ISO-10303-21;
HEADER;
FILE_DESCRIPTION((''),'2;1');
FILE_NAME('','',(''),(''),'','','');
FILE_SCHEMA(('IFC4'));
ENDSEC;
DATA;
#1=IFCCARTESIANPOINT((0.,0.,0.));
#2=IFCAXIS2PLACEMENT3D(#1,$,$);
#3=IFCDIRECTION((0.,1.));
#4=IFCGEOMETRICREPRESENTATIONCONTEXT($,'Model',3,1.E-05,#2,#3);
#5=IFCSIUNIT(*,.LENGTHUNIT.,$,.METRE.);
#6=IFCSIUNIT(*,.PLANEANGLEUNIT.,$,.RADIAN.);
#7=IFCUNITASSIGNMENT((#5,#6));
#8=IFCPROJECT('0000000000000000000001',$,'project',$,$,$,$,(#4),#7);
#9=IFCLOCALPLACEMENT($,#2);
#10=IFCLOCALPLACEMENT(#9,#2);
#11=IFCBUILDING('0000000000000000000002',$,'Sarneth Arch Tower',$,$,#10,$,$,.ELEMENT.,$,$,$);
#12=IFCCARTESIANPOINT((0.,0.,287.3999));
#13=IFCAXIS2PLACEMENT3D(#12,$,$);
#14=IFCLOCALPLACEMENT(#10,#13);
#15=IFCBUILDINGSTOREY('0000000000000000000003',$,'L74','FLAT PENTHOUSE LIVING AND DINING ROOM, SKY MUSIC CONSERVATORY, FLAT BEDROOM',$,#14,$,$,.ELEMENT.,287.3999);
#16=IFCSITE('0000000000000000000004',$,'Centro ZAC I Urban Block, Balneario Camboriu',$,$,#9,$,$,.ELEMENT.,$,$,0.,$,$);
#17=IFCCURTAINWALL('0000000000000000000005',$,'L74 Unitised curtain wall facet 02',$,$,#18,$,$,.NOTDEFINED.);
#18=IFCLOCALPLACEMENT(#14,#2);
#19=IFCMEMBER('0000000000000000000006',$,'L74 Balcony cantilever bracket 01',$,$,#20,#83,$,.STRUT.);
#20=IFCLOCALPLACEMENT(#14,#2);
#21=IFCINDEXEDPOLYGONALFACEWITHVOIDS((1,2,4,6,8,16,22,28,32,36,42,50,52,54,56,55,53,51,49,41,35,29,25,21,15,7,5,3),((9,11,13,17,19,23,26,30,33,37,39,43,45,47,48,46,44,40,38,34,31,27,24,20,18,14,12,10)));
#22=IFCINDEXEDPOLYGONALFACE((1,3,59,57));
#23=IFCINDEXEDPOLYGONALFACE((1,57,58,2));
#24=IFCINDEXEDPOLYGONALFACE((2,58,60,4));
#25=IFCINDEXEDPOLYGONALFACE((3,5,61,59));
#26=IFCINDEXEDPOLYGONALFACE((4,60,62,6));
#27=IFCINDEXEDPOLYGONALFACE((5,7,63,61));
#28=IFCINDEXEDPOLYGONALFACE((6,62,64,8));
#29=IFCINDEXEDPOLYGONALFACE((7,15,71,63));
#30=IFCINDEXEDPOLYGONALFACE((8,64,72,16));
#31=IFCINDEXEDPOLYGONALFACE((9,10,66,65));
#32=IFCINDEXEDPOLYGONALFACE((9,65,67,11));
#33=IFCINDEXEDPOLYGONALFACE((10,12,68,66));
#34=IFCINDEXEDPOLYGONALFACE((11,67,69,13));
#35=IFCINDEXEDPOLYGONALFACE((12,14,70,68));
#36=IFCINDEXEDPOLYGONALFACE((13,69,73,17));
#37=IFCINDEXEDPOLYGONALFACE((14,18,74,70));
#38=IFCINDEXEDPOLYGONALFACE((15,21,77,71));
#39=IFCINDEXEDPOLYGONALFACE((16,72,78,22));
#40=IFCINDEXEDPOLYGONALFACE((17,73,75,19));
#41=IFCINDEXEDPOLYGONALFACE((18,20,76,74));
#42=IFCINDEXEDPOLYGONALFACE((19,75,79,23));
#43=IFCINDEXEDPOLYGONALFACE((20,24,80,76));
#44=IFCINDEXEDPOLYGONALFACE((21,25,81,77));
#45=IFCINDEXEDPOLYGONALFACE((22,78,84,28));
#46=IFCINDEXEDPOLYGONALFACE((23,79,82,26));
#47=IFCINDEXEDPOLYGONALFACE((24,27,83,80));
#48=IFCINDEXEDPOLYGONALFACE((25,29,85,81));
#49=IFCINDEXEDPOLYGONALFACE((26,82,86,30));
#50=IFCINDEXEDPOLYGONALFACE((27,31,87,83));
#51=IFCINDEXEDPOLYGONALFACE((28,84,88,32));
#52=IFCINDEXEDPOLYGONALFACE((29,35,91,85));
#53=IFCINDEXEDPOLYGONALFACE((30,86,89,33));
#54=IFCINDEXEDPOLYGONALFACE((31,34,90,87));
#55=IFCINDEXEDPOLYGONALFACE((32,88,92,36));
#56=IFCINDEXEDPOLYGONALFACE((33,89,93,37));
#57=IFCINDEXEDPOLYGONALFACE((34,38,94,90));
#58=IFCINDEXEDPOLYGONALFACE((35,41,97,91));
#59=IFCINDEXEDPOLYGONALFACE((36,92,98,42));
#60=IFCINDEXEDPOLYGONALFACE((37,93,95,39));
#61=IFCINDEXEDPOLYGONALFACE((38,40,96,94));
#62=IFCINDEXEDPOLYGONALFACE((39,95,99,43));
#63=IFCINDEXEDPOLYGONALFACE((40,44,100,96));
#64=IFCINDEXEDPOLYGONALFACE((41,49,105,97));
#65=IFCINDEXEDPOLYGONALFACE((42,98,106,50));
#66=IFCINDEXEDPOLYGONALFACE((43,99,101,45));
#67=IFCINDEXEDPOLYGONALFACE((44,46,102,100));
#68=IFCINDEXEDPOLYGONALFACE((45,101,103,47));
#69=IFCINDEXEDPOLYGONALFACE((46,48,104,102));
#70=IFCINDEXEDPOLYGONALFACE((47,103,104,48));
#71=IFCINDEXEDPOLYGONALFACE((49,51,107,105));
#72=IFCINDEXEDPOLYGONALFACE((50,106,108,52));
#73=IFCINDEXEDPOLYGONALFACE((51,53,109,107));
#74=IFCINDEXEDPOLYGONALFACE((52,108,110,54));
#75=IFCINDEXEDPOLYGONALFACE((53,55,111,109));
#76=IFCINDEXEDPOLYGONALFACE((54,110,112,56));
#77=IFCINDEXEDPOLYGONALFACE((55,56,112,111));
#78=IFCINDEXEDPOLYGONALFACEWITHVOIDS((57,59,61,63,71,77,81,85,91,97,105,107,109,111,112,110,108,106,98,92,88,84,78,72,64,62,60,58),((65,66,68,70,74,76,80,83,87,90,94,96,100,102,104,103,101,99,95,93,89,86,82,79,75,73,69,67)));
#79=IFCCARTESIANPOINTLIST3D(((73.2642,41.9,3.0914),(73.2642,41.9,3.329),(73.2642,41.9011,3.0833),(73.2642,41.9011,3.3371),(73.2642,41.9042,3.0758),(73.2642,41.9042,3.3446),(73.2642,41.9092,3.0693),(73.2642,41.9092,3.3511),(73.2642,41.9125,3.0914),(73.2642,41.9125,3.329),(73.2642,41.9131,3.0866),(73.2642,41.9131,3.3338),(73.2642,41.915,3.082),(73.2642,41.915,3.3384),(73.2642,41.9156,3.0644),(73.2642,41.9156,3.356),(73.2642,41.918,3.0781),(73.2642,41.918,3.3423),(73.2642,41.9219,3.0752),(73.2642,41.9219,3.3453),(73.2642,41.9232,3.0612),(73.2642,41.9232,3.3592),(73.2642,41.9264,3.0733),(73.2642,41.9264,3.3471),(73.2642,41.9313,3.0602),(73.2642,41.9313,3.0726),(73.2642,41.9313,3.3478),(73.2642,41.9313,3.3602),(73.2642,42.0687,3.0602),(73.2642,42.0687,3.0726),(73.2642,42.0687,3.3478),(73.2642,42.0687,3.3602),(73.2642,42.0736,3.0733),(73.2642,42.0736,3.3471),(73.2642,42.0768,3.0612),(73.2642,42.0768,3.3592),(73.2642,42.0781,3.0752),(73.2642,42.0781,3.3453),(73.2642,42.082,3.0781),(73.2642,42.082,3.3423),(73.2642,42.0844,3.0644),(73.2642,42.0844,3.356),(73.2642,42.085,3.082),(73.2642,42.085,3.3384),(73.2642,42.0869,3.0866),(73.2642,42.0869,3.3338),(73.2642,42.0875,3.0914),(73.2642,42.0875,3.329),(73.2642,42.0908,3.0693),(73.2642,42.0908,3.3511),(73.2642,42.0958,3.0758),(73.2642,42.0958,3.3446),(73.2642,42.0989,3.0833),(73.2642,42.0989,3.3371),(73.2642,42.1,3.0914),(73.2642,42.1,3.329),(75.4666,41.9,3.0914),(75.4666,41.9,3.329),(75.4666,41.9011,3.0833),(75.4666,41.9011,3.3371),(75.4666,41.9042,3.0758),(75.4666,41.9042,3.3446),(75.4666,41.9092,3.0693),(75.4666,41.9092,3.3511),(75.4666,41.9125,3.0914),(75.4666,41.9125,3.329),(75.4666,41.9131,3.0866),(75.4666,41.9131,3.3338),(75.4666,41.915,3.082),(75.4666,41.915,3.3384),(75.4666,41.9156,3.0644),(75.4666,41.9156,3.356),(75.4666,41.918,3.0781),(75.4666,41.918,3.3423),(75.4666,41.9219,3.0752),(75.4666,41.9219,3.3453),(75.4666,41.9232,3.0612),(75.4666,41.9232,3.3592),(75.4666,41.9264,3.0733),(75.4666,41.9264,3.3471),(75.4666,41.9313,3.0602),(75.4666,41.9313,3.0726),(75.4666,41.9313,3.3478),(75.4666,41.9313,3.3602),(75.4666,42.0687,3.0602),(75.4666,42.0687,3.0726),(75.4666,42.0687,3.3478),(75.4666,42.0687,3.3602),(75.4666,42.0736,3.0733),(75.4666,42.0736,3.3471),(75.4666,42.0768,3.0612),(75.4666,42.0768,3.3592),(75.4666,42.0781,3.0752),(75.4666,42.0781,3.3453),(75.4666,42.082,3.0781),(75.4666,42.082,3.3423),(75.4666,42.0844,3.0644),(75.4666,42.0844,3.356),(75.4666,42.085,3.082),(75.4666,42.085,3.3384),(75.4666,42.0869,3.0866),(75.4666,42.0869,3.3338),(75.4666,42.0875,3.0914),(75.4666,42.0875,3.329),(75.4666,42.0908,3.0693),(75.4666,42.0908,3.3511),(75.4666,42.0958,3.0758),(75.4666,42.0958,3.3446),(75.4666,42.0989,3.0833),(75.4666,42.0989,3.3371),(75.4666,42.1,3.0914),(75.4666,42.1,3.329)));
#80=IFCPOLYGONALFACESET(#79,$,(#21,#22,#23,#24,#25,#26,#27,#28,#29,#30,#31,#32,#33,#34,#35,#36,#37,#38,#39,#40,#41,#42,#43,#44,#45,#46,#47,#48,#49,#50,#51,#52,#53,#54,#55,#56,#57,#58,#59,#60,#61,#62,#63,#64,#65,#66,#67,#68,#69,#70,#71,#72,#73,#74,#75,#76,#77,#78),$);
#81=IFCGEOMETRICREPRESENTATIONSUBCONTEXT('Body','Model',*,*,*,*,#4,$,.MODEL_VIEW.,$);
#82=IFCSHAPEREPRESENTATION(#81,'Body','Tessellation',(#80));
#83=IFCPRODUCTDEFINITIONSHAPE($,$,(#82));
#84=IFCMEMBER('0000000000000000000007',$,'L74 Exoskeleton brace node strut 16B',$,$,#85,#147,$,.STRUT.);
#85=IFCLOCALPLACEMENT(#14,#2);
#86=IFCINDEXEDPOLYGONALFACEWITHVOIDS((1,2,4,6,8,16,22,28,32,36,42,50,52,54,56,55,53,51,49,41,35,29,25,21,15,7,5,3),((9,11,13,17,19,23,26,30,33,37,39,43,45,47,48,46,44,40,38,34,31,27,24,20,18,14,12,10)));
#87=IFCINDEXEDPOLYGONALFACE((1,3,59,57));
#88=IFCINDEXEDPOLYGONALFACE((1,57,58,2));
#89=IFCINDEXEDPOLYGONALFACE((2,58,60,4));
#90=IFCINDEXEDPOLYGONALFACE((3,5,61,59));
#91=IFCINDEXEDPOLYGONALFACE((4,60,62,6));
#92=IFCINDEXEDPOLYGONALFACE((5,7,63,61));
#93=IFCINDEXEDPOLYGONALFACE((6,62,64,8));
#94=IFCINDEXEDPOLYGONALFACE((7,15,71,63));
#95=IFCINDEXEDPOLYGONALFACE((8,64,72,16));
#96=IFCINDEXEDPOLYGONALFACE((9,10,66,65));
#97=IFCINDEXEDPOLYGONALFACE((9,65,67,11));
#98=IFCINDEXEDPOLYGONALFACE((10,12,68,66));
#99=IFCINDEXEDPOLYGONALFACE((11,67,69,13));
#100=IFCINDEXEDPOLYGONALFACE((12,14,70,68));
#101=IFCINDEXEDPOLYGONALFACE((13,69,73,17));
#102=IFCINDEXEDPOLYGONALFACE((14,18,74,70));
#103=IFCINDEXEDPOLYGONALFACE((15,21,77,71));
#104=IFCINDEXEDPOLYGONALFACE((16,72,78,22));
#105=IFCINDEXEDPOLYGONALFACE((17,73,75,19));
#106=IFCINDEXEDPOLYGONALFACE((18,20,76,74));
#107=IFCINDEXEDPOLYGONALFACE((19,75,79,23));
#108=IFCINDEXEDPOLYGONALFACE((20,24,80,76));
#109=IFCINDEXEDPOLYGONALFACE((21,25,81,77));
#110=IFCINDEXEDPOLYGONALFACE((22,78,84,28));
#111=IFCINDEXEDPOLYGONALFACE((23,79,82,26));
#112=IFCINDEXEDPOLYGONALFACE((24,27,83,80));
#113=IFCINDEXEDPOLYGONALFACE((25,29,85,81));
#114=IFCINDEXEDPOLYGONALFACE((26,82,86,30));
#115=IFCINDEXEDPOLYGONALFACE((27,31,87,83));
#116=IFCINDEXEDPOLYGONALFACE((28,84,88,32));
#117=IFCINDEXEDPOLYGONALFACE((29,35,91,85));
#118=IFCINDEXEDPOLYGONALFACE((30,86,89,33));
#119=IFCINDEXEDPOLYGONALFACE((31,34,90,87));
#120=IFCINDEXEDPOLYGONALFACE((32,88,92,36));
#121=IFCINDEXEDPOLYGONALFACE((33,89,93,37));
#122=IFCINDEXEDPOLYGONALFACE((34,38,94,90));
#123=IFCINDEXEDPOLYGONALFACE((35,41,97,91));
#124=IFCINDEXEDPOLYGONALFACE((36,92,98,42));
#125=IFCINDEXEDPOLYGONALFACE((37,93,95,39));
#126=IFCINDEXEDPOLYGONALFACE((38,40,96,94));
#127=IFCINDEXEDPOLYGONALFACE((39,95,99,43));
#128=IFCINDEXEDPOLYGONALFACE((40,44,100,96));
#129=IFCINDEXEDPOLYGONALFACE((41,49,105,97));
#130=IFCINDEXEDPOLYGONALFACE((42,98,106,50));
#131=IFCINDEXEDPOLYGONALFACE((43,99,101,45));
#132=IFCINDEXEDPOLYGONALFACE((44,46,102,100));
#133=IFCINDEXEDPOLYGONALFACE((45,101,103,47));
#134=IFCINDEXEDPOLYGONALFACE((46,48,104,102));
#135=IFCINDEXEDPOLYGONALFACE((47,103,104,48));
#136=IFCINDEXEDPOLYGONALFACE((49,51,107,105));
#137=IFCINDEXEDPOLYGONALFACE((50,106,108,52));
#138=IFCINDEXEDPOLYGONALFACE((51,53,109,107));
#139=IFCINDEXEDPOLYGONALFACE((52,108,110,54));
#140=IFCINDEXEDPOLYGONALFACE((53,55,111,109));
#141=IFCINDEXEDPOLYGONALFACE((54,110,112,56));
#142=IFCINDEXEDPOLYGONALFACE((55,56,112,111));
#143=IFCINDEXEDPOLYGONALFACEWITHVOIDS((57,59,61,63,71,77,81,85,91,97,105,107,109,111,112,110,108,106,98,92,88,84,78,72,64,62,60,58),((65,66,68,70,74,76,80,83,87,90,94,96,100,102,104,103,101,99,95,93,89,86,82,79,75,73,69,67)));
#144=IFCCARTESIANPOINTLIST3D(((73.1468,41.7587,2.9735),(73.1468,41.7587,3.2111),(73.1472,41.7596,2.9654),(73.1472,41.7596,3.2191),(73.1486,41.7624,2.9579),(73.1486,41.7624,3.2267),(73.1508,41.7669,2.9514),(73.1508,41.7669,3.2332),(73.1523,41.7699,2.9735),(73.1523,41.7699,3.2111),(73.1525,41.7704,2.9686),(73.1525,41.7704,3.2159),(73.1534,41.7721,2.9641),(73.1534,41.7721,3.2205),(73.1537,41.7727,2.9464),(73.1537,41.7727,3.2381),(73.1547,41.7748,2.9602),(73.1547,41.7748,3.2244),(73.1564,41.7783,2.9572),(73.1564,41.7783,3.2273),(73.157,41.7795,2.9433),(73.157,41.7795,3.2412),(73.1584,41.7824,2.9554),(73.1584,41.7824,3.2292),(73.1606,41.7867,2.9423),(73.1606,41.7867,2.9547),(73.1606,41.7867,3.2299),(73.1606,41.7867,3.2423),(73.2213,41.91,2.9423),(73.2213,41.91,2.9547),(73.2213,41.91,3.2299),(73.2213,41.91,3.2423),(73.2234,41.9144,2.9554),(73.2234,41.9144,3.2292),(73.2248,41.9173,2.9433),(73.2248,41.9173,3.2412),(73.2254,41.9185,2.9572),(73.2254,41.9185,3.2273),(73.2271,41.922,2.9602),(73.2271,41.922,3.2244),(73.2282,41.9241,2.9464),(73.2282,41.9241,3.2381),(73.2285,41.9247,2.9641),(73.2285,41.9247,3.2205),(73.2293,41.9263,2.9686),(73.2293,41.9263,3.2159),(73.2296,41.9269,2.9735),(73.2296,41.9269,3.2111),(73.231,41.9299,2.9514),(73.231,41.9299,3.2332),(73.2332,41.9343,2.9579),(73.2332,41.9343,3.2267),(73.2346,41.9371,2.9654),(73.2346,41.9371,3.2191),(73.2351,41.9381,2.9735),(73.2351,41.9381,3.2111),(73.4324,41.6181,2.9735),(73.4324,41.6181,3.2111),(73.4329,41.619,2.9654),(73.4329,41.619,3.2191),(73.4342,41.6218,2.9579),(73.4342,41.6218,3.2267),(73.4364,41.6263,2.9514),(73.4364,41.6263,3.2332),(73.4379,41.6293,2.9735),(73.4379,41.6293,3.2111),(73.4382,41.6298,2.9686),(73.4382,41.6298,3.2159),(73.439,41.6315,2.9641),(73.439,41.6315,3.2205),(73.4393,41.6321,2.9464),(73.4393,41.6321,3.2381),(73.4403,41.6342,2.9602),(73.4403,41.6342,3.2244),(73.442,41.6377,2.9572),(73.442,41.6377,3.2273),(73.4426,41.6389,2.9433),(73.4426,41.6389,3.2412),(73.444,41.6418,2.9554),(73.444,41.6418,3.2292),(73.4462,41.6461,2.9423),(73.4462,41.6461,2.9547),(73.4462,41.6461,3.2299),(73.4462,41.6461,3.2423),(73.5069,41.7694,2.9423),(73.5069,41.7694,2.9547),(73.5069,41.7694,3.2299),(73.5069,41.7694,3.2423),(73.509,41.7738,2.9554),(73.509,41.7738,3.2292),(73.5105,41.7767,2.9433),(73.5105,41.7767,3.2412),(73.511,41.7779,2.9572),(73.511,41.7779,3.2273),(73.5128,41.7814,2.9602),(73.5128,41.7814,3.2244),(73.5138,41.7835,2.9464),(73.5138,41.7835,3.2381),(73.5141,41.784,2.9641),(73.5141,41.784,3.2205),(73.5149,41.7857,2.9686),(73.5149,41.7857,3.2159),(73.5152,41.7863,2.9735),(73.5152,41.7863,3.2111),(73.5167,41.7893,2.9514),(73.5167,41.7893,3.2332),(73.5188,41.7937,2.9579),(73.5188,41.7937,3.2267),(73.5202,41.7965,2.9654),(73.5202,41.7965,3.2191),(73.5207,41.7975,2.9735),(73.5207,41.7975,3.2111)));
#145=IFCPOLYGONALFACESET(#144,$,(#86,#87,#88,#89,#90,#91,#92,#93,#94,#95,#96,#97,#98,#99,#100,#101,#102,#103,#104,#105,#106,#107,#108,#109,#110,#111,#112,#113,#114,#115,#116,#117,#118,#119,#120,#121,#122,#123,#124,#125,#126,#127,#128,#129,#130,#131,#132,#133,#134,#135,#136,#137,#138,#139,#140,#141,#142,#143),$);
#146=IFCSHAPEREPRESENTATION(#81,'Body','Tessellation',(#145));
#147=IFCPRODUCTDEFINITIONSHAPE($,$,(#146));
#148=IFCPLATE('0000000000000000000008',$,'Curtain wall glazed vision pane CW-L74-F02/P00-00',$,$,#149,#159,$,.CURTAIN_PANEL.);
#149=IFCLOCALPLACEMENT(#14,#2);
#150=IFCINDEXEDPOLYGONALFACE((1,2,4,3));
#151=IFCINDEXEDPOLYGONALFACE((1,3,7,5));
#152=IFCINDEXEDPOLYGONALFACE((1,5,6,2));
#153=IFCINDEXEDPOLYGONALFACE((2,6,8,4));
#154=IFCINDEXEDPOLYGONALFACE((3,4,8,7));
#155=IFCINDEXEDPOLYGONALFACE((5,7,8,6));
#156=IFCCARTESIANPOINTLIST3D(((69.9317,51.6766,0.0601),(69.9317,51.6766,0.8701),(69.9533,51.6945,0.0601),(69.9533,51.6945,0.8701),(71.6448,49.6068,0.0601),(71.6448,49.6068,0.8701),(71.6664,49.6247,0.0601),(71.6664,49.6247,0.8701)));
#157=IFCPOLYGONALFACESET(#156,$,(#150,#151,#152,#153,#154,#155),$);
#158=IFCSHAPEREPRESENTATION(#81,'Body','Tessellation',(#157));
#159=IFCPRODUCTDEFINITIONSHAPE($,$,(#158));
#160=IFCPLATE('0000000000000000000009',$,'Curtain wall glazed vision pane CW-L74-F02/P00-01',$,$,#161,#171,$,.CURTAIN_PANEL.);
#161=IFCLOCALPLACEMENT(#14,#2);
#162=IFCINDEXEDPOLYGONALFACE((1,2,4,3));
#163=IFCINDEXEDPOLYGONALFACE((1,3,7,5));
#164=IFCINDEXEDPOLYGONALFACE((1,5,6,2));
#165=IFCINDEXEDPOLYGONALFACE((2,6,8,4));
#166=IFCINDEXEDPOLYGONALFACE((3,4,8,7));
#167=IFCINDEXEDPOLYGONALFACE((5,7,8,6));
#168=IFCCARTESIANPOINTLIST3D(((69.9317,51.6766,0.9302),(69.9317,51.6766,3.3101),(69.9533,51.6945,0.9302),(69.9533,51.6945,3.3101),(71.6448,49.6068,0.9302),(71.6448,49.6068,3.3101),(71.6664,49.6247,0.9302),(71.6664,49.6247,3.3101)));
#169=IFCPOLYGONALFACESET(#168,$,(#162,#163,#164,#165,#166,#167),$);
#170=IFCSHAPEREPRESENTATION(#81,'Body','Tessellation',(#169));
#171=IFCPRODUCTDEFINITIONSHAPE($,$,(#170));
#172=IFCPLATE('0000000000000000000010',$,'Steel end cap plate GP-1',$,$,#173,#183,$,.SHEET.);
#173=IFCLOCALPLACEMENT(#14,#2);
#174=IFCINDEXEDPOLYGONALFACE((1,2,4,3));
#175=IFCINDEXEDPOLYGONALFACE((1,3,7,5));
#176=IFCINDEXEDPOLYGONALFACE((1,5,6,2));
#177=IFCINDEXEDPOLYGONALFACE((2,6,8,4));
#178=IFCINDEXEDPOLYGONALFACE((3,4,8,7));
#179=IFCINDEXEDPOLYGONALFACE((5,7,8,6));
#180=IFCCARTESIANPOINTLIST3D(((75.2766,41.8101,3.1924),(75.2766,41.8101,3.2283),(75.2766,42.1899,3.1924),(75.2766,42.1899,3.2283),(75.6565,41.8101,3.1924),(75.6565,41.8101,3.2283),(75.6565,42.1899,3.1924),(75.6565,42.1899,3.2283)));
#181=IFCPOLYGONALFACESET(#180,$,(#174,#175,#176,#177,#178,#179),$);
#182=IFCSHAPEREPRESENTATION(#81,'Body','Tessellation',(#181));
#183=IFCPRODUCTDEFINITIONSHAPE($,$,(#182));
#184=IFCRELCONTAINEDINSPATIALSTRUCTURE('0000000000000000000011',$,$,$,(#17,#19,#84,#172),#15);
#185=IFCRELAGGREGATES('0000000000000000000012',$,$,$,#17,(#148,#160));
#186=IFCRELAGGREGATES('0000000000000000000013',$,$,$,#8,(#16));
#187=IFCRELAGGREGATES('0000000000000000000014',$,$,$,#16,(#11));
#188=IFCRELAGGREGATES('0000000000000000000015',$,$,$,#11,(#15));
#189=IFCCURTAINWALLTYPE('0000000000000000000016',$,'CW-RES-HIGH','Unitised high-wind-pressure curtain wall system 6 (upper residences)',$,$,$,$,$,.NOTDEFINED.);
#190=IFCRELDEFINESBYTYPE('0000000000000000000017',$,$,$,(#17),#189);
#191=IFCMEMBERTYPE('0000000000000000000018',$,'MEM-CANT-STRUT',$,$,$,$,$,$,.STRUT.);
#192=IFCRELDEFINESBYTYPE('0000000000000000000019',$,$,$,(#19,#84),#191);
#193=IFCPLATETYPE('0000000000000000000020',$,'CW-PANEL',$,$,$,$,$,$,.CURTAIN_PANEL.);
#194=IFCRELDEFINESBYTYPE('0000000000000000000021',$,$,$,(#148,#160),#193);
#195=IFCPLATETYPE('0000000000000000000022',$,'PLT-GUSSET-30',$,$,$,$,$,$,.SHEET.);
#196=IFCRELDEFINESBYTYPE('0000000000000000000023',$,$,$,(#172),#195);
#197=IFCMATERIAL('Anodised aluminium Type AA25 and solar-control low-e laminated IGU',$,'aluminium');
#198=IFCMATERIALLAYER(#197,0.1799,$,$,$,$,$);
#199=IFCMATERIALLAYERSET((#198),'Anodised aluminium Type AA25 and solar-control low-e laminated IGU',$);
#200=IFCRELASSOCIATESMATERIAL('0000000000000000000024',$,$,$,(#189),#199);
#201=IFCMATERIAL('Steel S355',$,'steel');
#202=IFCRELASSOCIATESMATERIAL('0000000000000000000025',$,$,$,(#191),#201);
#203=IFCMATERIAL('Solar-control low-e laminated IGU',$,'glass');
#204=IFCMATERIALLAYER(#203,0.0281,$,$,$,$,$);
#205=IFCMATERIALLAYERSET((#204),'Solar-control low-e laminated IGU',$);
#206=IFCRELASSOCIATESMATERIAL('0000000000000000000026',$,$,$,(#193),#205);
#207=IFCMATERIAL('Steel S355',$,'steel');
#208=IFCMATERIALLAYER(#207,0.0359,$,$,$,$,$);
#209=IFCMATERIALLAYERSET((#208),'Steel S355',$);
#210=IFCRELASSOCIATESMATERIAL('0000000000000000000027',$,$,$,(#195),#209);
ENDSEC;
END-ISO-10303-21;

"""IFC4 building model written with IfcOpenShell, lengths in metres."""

from ifc_helpers import new_model, si_unit, direction, frame, origin, origin_2d, place, context, subcontext, project, spatial, rectangle, hollow_rectangle, extrude, material, layer, layer_set, material_profile, profile_set, type_object, element, aggregate, save


model = new_model("IFC4")

# Units and contexts
model_context = context("Model", 3, precision=1e-05, world=origin(), true_north=direction((0.0, 1.0)))
body_context = subcontext(model_context, "Body", "Model", "MODEL_VIEW")
ifc_project = project(units=[si_unit("LENGTHUNIT", "METRE"), si_unit("PLANEANGLEUNIT", "RADIAN")], contexts=[model_context])

# Site, building, storey
site_placement = place(None, origin())
site = spatial("IfcSite", under=ifc_project, at=site_placement, Name="Centro ZAC I Urban Block, Balneario Camboriu", CompositionType="ELEMENT", RefElevation=0.0)
building_placement = place(site_placement, origin())
building = spatial("IfcBuilding", under=site, at=building_placement, Name="Sarneth Arch Tower", CompositionType="ELEMENT")
storey_placement = place(building_placement, frame((0.0, 0.0, 287.3999)))
storey = spatial("IfcBuildingStorey", under=building, at=storey_placement, Name="L74", Description="FLAT PENTHOUSE LIVING AND DINING ROOM, SKY MUSIC CONSERVATORY, FLAT BEDROOM", CompositionType="ELEMENT", Elevation=287.3999)

# Curtain wall
ifc_material_1 = material(Name="Anodised aluminium Type AA25 and solar-control low-e laminated IGU", Category="aluminium")
ifc_layer_1 = layer(ifc_material_1, 0.1799)
ifc_layer_set_1 = layer_set([ifc_layer_1], Name="Anodised aluminium Type AA25 and solar-control low-e laminated IGU")
curtain_wall_type = type_object("IfcCurtainWallType", Name="CW-RES-HIGH", Description="Unitised high-wind-pressure curtain wall system 6 (upper residences)", PredefinedType="NOTDEFINED", material=ifc_layer_set_1)
curtain_wall_placement = place(storey_placement, origin())
curtain_wall = element("IfcCurtainWall", 1, at=curtain_wall_placement, inside=storey, type_object=curtain_wall_type, Name="L74 Unitised curtain wall facet 02", PredefinedType="NOTDEFINED")

# Members
ifc_material_2 = material(Name="Steel S355", Category="steel")
ifc_material_profile_1 = material_profile(ifc_material_2, hollow_rectangle(XDim=0.2, YDim=0.3, WallThickness=0.0125, InnerFilletRadius=0.0188, OuterFilletRadius=0.0312, at=origin_2d()), Name="RHS300x200x12.5")
ifc_profile_set_1 = profile_set([ifc_material_profile_1], Name="Steel S355")
member_type_1 = type_object("IfcMemberType", Name="MEM-CANT-STRUT", PredefinedType="STRUT", material=ifc_profile_set_1)
member_1_placement = place(storey_placement, frame((73.2642, 42.0, 3.2102), z_axis=(1.0, 0.0, 0.0), x_axis=(0.0, 1.0, 0.0)))
element("IfcMember", 2, at=member_1_placement, inside=storey, type_object=member_type_1, Name="L74 Balcony cantilever bracket 01", PredefinedType="STRUT", context=body_context, shape_type="SweptSolid", body=[
    extrude(hollow_rectangle(XDim=0.2, YDim=0.3, WallThickness=0.0125, InnerFilletRadius=0.0188, OuterFilletRadius=0.0312, at=origin_2d()), origin(), (0.0, 0.0, 1.0), 2.2024),
])
member_2_placement = place(storey_placement, frame((73.1909, 41.8484, 3.0923), z_axis=(0.897171, -0.441684, 0.0), x_axis=(0.441684, 0.897171, 0.0)))
element("IfcMember", 3, at=member_2_placement, inside=storey, type_object=member_type_1, Name="L74 Exoskeleton brace node strut 16B", PredefinedType="STRUT", context=body_context, shape_type="SweptSolid", body=[
    extrude(hollow_rectangle(XDim=0.2, YDim=0.3, WallThickness=0.0125, InnerFilletRadius=0.0188, OuterFilletRadius=0.0312, at=origin_2d()), origin(), (0.0, 0.0, 1.0), 0.3184),
])

# Plates
ifc_material_3 = material(Name="Solar-control low-e laminated IGU", Category="glass")
ifc_layer_2 = layer(ifc_material_3, 0.0281)
ifc_layer_set_2 = layer_set([ifc_layer_2], Name="Solar-control low-e laminated IGU")
plate_type_1 = type_object("IfcPlateType", Name="CW-PANEL", PredefinedType="CURTAIN_PANEL", material=ifc_layer_set_2)
plate_1_placement = place(storey_placement, frame((70.7991, 50.6506, 0.0601), z_axis=(0.0, 0.0, 1.0), x_axis=(-0.63761, 0.770359, 0.0)))
plate_1 = element("IfcPlate", 4, at=plate_1_placement, type_object=plate_type_1, Name="Curtain wall glazed vision pane CW-L74-F02/P00-00", PredefinedType="CURTAIN_PANEL", context=body_context, shape_type="SweptSolid", body=[
    extrude(rectangle(XDim=2.6868, YDim=0.0281, at=origin_2d()), origin(), (0.0, 0.0, 1.0), 0.8101),
])
plate_2_placement = place(storey_placement, frame((70.7991, 50.6506, 0.9302), z_axis=(0.0, 0.0, 1.0), x_axis=(-0.63761, 0.770359, 0.0)))
plate_2 = element("IfcPlate", 5, at=plate_2_placement, type_object=plate_type_1, Name="Curtain wall glazed vision pane CW-L74-F02/P00-01", PredefinedType="CURTAIN_PANEL", context=body_context, shape_type="SweptSolid", body=[
    extrude(rectangle(XDim=2.6868, YDim=0.0281, at=origin_2d()), origin(), (0.0, 0.0, 1.0), 2.3799),
])
aggregate(curtain_wall, [plate_1, plate_2])
ifc_material_4 = material(Name="Steel S355", Category="steel")
ifc_layer_3 = layer(ifc_material_4, 0.0359)
ifc_layer_set_3 = layer_set([ifc_layer_3], Name="Steel S355")
plate_type_2 = type_object("IfcPlateType", Name="PLT-GUSSET-30", PredefinedType="SHEET", material=ifc_layer_set_3)
plate_3_placement = place(storey_placement, frame((75.4666, 42.0, 3.1924), z_axis=(0.0, 0.0, 1.0), x_axis=(1.0, 0.0, 0.0)))
element("IfcPlate", 6, at=plate_3_placement, inside=storey, type_object=plate_type_2, Name="Steel end cap plate GP-1", PredefinedType="SHEET", context=body_context, shape_type="SweptSolid", body=[
    extrude(rectangle(XDim=0.3799, YDim=0.3799, at=origin_2d()), origin(), (0.0, 0.0, 1.0), 0.0359),
])

save(model, "model.ifc")
